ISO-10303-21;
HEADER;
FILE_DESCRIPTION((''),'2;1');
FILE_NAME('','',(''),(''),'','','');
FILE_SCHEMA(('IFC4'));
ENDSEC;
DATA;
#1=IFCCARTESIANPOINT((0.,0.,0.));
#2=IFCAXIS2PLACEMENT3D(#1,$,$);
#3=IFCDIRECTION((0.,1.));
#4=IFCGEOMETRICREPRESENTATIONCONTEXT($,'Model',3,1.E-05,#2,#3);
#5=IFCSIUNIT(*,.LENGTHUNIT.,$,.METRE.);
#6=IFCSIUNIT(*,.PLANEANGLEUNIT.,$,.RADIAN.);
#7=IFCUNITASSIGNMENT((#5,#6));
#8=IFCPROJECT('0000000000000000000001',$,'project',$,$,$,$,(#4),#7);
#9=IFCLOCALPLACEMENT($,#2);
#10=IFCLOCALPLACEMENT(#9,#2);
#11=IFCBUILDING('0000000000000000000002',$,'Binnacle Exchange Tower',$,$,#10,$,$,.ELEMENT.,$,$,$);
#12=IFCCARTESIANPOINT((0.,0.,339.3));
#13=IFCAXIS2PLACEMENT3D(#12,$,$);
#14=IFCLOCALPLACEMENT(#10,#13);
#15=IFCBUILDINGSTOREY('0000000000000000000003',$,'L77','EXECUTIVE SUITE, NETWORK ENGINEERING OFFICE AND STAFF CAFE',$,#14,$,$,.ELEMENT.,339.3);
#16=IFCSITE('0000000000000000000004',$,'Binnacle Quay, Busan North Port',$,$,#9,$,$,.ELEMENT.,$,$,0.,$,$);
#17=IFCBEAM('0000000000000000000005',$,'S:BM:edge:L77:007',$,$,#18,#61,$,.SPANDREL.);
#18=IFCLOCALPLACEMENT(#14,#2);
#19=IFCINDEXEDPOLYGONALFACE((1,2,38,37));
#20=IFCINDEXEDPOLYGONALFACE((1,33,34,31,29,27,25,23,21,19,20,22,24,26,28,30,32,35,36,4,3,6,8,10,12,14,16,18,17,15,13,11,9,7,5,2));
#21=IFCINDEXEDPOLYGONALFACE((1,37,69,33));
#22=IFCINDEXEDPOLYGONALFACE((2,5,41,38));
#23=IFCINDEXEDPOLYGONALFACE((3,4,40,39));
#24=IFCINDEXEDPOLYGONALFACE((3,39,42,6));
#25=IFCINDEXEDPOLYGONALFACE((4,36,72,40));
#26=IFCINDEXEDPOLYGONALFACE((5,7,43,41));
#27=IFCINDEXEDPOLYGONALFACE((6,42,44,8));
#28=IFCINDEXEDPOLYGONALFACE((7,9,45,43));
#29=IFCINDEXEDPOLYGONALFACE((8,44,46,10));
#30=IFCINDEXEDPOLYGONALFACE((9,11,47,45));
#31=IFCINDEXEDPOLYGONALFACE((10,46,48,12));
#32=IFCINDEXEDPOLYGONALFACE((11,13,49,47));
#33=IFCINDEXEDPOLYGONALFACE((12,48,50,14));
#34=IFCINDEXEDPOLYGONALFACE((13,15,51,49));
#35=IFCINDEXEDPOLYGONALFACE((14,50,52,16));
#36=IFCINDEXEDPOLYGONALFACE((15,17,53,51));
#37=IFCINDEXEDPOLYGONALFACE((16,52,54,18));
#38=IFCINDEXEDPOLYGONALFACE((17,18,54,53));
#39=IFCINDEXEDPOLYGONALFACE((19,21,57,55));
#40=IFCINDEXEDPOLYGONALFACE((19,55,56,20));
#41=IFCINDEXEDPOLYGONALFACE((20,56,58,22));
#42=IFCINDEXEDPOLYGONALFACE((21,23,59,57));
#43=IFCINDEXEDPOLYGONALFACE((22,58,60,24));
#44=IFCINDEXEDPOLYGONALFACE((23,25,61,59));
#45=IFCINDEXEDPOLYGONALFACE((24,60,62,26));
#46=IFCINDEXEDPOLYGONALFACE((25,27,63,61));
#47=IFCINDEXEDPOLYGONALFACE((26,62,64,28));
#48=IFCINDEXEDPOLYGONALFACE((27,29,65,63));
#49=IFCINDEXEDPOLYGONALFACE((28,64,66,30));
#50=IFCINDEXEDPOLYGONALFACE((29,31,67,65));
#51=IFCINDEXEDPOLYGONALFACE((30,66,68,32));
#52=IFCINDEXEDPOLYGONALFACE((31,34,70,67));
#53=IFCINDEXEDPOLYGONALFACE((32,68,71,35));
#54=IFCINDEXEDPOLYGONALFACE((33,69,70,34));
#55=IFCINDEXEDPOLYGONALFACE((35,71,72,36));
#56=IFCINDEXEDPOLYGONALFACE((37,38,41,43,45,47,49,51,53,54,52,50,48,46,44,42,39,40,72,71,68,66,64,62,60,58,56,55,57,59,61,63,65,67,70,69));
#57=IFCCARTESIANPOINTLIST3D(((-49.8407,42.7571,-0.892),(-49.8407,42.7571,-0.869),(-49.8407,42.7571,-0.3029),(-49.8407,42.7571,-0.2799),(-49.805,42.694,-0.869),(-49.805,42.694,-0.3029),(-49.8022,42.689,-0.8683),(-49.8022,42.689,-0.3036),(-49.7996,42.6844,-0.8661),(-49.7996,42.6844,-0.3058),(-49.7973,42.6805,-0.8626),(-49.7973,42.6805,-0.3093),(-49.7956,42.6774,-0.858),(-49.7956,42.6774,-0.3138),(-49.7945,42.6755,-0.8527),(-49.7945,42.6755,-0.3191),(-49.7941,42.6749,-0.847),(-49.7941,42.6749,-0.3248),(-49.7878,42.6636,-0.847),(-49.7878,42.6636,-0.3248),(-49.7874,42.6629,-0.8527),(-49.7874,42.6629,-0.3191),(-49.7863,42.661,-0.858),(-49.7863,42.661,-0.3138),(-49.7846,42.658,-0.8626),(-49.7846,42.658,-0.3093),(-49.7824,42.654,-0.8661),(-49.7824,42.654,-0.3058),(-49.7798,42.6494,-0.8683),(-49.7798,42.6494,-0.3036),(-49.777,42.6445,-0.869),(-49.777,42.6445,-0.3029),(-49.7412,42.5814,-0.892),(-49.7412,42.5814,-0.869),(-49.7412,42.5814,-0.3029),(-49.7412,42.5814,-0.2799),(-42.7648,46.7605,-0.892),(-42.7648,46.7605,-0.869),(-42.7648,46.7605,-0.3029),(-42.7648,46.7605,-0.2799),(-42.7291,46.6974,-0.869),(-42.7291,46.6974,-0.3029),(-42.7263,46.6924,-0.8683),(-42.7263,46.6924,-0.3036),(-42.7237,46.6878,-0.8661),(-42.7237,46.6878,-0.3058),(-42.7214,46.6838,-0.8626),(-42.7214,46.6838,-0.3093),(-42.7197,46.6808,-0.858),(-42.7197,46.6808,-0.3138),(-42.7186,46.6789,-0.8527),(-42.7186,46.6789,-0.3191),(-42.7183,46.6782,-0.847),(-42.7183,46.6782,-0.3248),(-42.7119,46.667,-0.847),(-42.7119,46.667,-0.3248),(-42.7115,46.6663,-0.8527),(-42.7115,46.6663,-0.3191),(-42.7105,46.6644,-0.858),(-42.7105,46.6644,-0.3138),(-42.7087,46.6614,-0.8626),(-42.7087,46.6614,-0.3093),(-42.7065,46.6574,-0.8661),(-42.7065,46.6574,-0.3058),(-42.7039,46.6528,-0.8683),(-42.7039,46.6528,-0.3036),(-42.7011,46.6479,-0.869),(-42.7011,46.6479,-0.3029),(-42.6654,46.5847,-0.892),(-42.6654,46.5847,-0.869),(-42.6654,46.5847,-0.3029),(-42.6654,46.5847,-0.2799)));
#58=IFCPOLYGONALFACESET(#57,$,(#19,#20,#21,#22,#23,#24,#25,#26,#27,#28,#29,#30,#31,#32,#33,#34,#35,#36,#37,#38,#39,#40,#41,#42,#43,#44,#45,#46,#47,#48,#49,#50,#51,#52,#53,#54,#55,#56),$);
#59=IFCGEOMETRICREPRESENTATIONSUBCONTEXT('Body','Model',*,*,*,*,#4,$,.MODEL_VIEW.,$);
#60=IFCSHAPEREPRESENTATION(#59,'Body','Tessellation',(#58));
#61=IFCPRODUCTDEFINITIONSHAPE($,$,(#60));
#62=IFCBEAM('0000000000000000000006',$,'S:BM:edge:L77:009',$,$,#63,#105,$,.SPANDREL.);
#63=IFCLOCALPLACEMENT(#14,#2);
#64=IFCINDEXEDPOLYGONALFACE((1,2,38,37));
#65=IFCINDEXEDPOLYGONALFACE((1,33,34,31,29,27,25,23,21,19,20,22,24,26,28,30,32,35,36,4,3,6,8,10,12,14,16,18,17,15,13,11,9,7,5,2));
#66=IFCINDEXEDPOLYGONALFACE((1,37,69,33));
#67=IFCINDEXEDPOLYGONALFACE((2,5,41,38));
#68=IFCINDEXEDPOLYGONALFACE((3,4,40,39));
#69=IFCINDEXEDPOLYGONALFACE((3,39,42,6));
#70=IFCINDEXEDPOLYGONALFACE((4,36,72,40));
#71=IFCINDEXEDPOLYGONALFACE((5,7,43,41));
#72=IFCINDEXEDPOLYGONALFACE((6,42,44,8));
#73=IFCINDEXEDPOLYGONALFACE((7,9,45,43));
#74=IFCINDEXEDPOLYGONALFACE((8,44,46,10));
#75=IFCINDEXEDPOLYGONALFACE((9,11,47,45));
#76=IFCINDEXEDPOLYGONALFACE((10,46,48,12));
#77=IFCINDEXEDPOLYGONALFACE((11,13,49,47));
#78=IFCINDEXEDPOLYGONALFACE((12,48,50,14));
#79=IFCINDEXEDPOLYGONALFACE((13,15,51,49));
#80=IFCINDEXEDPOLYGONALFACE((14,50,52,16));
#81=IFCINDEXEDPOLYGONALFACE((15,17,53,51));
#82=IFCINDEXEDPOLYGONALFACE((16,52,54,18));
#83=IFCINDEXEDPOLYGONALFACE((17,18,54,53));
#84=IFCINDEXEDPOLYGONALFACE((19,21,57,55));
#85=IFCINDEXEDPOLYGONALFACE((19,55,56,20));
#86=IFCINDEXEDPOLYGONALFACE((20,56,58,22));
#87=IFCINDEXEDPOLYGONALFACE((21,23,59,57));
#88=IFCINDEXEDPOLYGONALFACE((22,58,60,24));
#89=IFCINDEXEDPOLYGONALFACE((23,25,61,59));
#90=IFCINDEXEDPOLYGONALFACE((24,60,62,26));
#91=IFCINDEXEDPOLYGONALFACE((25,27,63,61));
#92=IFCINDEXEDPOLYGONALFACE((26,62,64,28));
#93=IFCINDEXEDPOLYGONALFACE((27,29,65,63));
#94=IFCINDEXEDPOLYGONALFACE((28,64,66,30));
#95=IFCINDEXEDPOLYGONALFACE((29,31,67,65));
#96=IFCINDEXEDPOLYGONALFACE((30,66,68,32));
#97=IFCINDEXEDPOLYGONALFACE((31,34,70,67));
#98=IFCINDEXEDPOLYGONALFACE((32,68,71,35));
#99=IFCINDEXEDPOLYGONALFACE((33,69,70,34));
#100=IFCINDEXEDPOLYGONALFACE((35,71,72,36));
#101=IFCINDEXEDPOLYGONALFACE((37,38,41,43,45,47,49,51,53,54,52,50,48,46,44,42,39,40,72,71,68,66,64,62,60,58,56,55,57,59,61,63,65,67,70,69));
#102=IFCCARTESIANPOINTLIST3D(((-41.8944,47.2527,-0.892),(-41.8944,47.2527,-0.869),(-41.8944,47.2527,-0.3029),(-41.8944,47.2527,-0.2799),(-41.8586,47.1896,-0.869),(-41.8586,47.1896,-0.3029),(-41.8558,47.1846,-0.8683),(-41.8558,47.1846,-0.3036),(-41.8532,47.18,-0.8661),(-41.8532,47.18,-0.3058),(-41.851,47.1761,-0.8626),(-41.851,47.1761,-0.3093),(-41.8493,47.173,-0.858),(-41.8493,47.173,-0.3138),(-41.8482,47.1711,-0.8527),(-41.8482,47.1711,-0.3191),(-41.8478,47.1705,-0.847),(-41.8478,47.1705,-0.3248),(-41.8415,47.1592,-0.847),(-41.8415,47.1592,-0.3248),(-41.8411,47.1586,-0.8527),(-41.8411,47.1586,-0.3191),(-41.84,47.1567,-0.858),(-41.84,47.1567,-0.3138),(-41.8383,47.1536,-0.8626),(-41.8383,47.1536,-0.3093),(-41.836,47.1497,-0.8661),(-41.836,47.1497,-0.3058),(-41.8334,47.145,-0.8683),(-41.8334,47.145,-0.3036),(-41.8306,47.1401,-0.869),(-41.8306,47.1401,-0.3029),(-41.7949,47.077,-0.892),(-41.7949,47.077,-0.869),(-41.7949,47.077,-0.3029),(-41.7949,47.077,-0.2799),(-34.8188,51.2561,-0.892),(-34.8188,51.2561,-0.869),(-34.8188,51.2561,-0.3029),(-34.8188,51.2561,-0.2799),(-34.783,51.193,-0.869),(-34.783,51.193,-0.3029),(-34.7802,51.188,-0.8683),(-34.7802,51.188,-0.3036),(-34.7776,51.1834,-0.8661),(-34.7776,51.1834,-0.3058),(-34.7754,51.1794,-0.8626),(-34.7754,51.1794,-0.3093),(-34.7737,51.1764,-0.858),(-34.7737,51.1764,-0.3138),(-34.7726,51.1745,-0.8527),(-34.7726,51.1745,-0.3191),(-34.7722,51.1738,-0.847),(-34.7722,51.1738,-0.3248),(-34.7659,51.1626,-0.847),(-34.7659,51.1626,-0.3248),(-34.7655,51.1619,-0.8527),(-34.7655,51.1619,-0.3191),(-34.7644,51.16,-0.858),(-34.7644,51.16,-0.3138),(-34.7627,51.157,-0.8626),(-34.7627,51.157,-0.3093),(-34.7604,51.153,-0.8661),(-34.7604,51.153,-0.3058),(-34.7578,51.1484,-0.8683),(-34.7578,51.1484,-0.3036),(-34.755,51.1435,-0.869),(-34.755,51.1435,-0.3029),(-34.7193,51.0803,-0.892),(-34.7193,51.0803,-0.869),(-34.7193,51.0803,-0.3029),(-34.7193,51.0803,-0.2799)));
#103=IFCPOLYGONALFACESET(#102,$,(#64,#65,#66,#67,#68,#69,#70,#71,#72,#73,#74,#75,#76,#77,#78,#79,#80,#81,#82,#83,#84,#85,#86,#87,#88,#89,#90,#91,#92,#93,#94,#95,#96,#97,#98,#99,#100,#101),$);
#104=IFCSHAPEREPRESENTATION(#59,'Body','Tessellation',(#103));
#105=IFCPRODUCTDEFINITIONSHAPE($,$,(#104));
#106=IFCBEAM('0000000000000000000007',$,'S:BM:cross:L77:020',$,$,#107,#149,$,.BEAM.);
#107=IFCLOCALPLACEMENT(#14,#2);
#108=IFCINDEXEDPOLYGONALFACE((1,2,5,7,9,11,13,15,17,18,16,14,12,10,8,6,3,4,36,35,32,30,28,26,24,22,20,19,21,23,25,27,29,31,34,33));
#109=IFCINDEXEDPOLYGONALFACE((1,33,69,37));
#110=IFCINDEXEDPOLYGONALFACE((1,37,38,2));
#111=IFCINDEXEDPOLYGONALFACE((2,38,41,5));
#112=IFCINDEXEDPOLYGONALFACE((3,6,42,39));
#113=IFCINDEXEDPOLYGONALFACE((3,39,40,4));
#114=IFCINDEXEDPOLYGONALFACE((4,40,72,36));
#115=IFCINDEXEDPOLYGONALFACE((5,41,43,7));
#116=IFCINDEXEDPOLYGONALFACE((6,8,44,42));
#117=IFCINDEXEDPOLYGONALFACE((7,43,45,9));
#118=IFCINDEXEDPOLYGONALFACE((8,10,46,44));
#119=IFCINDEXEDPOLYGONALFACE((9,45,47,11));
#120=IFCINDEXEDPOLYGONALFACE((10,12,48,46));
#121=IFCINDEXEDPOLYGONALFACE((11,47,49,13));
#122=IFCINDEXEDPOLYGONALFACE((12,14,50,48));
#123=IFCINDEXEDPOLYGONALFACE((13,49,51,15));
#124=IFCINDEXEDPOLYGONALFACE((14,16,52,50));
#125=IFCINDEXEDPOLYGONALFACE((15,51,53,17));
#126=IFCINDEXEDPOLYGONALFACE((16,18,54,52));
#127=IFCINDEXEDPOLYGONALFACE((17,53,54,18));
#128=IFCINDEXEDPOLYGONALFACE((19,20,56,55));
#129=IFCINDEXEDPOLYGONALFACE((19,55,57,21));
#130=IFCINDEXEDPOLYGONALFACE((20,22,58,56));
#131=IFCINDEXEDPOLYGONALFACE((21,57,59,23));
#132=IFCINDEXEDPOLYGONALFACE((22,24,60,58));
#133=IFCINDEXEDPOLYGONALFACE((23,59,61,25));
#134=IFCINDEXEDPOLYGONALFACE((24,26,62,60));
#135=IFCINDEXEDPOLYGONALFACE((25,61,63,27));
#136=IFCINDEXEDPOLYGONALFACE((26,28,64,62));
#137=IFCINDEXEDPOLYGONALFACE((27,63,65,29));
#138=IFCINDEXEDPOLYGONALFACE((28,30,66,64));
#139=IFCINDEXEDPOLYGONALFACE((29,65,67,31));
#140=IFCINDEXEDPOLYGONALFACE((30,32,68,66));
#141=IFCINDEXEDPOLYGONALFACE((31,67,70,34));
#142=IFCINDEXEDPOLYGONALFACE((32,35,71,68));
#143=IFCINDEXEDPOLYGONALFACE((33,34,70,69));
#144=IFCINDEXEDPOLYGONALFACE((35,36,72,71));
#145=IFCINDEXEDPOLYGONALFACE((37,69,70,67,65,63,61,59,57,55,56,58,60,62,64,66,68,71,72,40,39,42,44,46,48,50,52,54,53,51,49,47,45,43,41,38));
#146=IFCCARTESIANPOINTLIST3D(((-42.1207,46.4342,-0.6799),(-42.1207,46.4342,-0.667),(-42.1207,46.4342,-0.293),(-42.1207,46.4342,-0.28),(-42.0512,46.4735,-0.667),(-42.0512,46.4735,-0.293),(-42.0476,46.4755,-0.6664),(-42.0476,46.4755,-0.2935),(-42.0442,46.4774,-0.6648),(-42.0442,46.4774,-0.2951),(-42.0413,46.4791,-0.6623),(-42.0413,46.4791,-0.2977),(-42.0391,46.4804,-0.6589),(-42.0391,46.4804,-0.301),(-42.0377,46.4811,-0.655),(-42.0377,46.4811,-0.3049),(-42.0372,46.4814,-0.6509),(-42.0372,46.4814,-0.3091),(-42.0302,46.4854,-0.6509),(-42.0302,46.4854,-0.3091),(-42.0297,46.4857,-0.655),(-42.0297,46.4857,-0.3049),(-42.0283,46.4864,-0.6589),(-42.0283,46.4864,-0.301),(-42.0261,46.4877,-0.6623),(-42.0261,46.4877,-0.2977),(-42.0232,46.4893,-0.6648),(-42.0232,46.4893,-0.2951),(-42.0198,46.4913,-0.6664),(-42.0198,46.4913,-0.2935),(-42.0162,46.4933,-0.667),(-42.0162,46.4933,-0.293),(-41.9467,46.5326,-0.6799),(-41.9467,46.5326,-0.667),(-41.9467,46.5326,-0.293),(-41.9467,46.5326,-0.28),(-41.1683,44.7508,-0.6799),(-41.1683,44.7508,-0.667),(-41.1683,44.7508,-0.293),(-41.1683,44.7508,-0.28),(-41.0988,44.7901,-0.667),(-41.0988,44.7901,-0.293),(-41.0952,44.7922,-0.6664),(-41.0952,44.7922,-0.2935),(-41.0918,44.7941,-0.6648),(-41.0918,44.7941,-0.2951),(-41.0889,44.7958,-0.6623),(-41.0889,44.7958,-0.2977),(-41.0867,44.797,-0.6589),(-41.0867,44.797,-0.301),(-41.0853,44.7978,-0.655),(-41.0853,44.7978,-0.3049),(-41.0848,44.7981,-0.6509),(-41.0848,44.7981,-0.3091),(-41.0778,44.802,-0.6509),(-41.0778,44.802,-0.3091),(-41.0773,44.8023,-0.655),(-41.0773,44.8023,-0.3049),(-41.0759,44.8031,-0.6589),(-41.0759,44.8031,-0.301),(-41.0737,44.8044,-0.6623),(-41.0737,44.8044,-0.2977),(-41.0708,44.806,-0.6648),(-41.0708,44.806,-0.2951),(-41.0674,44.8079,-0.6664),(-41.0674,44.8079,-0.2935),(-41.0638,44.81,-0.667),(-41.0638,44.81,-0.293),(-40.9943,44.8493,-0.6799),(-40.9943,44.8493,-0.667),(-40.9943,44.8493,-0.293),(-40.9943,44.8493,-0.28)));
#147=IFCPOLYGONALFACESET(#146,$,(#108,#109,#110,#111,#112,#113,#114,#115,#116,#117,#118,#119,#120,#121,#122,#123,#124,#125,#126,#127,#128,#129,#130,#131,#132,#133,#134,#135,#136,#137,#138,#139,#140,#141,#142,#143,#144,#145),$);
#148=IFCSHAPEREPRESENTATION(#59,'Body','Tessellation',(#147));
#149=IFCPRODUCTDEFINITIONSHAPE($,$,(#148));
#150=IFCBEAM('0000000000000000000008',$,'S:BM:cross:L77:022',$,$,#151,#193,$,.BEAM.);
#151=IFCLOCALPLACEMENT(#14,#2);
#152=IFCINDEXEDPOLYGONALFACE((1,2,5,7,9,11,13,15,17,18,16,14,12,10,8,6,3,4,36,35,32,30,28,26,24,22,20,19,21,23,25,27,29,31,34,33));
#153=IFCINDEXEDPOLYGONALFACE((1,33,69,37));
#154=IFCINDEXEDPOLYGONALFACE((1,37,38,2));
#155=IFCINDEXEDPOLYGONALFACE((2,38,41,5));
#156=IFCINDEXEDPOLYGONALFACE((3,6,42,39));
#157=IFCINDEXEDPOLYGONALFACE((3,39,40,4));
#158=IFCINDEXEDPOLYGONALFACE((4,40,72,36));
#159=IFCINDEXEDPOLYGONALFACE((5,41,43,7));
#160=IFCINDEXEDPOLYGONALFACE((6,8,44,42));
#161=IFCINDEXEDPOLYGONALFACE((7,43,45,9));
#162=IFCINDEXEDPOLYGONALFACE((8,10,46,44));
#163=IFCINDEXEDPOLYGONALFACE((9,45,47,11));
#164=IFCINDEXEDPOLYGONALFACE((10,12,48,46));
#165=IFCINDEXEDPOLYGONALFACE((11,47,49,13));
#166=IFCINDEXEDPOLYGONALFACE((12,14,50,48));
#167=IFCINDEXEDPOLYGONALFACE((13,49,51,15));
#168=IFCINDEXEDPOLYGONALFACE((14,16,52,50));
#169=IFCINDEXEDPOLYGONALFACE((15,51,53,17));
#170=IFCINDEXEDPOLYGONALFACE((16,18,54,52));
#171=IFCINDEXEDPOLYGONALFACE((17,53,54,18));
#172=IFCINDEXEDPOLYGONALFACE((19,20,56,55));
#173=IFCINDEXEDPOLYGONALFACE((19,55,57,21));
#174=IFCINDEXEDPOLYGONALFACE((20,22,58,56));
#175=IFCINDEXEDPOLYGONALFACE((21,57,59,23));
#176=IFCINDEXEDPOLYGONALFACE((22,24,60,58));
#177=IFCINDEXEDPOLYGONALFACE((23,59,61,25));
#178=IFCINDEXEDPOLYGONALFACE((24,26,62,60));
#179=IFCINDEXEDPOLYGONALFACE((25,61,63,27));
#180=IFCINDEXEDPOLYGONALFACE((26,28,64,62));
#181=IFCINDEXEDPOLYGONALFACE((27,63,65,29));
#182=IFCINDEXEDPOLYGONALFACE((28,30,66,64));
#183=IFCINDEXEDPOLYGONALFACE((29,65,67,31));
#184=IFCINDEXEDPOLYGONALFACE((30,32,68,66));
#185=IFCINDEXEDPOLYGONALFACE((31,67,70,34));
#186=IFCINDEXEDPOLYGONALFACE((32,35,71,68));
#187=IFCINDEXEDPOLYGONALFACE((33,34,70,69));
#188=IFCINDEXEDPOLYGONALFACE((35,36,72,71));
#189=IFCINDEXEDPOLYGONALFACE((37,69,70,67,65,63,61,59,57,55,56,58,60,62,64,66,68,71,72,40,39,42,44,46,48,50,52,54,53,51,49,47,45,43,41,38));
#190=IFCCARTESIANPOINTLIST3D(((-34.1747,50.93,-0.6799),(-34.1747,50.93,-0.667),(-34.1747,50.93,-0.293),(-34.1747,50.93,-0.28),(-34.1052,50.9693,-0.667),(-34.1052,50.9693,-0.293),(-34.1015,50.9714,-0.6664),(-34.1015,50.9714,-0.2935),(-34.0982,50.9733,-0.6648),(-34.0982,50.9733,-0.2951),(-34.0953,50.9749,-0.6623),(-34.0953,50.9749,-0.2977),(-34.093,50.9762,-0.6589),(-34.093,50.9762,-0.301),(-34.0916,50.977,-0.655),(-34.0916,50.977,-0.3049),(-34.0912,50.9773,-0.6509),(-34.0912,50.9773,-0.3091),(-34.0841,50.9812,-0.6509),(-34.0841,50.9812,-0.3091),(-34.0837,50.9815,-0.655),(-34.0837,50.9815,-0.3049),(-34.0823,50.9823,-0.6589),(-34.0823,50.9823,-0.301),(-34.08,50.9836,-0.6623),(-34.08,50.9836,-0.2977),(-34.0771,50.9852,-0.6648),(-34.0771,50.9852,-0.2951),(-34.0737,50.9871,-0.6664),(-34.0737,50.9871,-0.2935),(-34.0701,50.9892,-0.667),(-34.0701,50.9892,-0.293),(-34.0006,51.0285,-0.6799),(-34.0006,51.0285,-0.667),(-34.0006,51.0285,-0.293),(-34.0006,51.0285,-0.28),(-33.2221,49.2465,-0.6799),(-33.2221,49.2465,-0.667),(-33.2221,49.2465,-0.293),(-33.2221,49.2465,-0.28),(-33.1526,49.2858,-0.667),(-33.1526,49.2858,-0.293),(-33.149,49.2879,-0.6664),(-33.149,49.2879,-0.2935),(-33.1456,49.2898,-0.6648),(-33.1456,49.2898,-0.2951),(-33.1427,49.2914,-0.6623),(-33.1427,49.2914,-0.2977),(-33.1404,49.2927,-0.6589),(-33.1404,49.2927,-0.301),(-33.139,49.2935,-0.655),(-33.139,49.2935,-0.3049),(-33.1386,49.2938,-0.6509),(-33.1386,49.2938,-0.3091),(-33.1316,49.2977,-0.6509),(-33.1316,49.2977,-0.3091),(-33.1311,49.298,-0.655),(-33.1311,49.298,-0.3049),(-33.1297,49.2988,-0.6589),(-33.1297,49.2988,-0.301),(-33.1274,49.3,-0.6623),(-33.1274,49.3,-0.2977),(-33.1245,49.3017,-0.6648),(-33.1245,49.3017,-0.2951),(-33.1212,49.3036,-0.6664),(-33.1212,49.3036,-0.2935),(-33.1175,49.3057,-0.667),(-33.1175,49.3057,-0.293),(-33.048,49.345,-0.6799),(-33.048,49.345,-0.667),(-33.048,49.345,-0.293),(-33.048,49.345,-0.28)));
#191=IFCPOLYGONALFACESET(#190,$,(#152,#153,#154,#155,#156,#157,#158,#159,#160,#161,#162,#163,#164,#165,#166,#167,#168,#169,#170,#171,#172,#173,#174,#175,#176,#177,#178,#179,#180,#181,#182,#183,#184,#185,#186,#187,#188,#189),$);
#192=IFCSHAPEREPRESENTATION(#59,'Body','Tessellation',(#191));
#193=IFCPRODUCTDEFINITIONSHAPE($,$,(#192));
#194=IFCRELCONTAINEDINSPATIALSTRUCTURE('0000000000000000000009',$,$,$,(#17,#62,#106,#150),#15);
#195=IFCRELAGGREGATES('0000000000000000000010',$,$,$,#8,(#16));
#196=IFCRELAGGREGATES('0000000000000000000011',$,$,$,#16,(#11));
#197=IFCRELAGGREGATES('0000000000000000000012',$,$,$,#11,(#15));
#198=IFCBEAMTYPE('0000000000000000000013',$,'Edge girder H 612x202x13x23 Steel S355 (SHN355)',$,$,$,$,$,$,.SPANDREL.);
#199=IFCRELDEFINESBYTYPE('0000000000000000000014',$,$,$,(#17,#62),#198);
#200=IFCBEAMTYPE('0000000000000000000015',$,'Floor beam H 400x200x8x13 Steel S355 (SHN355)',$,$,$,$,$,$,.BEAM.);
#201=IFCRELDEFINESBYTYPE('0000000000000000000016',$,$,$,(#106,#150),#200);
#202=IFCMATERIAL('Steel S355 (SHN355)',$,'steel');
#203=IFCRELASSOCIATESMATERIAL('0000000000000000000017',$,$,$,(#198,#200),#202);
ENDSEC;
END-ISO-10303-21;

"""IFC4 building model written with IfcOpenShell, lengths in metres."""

from ifc_helpers import new_model, si_unit, direction, frame, origin, origin_2d, place, context, subcontext, project, spatial, i_section, extrude, material, material_profile, profile_set, type_object, element, save


model = new_model("IFC4")

# Units and contexts
model_context = context("Model", 3, precision=1e-05, world=origin(), true_north=direction((0.0, 1.0)))
body_context = subcontext(model_context, "Body", "Model", "MODEL_VIEW")
ifc_project = project(units=[si_unit("LENGTHUNIT", "METRE"), si_unit("PLANEANGLEUNIT", "RADIAN")], contexts=[model_context])

# Site, building, storey
site_placement = place(None, origin())
site = spatial("IfcSite", under=ifc_project, at=site_placement, Name="Binnacle Quay, Busan North Port", CompositionType="ELEMENT", RefElevation=0.0)
building_placement = place(site_placement, origin())
building = spatial("IfcBuilding", under=site, at=building_placement, Name="Binnacle Exchange Tower", CompositionType="ELEMENT")
storey_placement = place(building_placement, frame((0.0, 0.0, 339.3)))
storey = spatial("IfcBuildingStorey", under=building, at=storey_placement, Name="L77", Description="EXECUTIVE SUITE, NETWORK ENGINEERING OFFICE AND STAFF CAFE", CompositionType="ELEMENT", Elevation=339.3)

# Beams
ifc_material_1 = material(Name="Steel S355 (SHN355)", Category="steel")
ifc_material_profile_1 = material_profile(ifc_material_1, i_section(OverallWidth=0.2019, OverallDepth=0.6121, WebThickness=0.0129, FlangeThickness=0.0229, FilletRadius=0.022, at=origin_2d()), Name="H 612x202x13x23")
ifc_profile_set_1 = profile_set([ifc_material_profile_1], Name="Steel S355 (SHN355)")
beam_type_1 = type_object("IfcBeamType", Name="Edge girder H 612x202x13x23 Steel S355 (SHN355)", PredefinedType="SPANDREL", material=ifc_profile_set_1)
beam_1_placement = place(storey_placement, frame((-42.7151, 46.6726, -0.5859), z_axis=(-0.870353, -0.492428, 0.0), x_axis=(0.492428, -0.870353, 0.0)))
element("IfcBeam", 1, at=beam_1_placement, inside=storey, type_object=beam_type_1, Name="S:BM:edge:L77:007", PredefinedType="SPANDREL", context=body_context, shape_type="SweptSolid", body=[
    extrude(i_section(OverallWidth=0.2019, OverallDepth=0.6121, WebThickness=0.0129, FlangeThickness=0.0229, FilletRadius=0.022, at=origin_2d()), origin(), (0.0, 0.0, 1.0), 8.1299),
])
beam_2_placement = place(storey_placement, frame((-34.769, 51.1682, -0.5859), z_axis=(-0.870346, -0.492441, 0.0), x_axis=(0.492441, -0.870346, 0.0)))
element("IfcBeam", 2, at=beam_2_placement, inside=storey, type_object=beam_type_1, Name="S:BM:edge:L77:009", PredefinedType="SPANDREL", context=body_context, shape_type="SweptSolid", body=[
    extrude(i_section(OverallWidth=0.2019, OverallDepth=0.6121, WebThickness=0.0129, FlangeThickness=0.0229, FilletRadius=0.022, at=origin_2d()), origin(), (0.0, 0.0, 1.0), 8.1296),
])
ifc_material_profile_2 = material_profile(ifc_material_1, i_section(OverallWidth=0.2, OverallDepth=0.3999, WebThickness=0.0081, FlangeThickness=0.0129, FilletRadius=0.0161, at=origin_2d()), Name="H 400x200x8x13")
ifc_profile_set_2 = profile_set([ifc_material_profile_2], Name="Steel S355 (SHN355)")
beam_type_2 = type_object("IfcBeamType", Name="Floor beam H 400x200x8x13 Steel S355 (SHN355)", PredefinedType="BEAM", material=ifc_profile_set_2)
beam_3_placement = place(storey_placement, frame((-42.0337, 46.4834, -0.48), z_axis=(0.492423, -0.870356, 0.0), x_axis=(0.870356, 0.492423, 0.0)))
element("IfcBeam", 3, at=beam_3_placement, inside=storey, type_object=beam_type_2, Name="S:BM:cross:L77:020", PredefinedType="BEAM", context=body_context, shape_type="SweptSolid", body=[
    extrude(i_section(OverallWidth=0.2, OverallDepth=0.3999, WebThickness=0.0081, FlangeThickness=0.0129, FilletRadius=0.0161, at=origin_2d()), origin(), (0.0, 0.0, 1.0), 1.9341),
])
beam_4_placement = place(storey_placement, frame((-34.0876, 50.9792, -0.48), z_axis=(0.492465, -0.870332, 0.0), x_axis=(0.870332, 0.492465, 0.0)))
element("IfcBeam", 4, at=beam_4_placement, inside=storey, type_object=beam_type_2, Name="S:BM:cross:L77:022", PredefinedType="BEAM", context=body_context, shape_type="SweptSolid", body=[
    extrude(i_section(OverallWidth=0.2, OverallDepth=0.3999, WebThickness=0.0081, FlangeThickness=0.0129, FilletRadius=0.0161, at=origin_2d()), origin(), (0.0, 0.0, 1.0), 1.9343),
])

save(model, "model.ifc")
